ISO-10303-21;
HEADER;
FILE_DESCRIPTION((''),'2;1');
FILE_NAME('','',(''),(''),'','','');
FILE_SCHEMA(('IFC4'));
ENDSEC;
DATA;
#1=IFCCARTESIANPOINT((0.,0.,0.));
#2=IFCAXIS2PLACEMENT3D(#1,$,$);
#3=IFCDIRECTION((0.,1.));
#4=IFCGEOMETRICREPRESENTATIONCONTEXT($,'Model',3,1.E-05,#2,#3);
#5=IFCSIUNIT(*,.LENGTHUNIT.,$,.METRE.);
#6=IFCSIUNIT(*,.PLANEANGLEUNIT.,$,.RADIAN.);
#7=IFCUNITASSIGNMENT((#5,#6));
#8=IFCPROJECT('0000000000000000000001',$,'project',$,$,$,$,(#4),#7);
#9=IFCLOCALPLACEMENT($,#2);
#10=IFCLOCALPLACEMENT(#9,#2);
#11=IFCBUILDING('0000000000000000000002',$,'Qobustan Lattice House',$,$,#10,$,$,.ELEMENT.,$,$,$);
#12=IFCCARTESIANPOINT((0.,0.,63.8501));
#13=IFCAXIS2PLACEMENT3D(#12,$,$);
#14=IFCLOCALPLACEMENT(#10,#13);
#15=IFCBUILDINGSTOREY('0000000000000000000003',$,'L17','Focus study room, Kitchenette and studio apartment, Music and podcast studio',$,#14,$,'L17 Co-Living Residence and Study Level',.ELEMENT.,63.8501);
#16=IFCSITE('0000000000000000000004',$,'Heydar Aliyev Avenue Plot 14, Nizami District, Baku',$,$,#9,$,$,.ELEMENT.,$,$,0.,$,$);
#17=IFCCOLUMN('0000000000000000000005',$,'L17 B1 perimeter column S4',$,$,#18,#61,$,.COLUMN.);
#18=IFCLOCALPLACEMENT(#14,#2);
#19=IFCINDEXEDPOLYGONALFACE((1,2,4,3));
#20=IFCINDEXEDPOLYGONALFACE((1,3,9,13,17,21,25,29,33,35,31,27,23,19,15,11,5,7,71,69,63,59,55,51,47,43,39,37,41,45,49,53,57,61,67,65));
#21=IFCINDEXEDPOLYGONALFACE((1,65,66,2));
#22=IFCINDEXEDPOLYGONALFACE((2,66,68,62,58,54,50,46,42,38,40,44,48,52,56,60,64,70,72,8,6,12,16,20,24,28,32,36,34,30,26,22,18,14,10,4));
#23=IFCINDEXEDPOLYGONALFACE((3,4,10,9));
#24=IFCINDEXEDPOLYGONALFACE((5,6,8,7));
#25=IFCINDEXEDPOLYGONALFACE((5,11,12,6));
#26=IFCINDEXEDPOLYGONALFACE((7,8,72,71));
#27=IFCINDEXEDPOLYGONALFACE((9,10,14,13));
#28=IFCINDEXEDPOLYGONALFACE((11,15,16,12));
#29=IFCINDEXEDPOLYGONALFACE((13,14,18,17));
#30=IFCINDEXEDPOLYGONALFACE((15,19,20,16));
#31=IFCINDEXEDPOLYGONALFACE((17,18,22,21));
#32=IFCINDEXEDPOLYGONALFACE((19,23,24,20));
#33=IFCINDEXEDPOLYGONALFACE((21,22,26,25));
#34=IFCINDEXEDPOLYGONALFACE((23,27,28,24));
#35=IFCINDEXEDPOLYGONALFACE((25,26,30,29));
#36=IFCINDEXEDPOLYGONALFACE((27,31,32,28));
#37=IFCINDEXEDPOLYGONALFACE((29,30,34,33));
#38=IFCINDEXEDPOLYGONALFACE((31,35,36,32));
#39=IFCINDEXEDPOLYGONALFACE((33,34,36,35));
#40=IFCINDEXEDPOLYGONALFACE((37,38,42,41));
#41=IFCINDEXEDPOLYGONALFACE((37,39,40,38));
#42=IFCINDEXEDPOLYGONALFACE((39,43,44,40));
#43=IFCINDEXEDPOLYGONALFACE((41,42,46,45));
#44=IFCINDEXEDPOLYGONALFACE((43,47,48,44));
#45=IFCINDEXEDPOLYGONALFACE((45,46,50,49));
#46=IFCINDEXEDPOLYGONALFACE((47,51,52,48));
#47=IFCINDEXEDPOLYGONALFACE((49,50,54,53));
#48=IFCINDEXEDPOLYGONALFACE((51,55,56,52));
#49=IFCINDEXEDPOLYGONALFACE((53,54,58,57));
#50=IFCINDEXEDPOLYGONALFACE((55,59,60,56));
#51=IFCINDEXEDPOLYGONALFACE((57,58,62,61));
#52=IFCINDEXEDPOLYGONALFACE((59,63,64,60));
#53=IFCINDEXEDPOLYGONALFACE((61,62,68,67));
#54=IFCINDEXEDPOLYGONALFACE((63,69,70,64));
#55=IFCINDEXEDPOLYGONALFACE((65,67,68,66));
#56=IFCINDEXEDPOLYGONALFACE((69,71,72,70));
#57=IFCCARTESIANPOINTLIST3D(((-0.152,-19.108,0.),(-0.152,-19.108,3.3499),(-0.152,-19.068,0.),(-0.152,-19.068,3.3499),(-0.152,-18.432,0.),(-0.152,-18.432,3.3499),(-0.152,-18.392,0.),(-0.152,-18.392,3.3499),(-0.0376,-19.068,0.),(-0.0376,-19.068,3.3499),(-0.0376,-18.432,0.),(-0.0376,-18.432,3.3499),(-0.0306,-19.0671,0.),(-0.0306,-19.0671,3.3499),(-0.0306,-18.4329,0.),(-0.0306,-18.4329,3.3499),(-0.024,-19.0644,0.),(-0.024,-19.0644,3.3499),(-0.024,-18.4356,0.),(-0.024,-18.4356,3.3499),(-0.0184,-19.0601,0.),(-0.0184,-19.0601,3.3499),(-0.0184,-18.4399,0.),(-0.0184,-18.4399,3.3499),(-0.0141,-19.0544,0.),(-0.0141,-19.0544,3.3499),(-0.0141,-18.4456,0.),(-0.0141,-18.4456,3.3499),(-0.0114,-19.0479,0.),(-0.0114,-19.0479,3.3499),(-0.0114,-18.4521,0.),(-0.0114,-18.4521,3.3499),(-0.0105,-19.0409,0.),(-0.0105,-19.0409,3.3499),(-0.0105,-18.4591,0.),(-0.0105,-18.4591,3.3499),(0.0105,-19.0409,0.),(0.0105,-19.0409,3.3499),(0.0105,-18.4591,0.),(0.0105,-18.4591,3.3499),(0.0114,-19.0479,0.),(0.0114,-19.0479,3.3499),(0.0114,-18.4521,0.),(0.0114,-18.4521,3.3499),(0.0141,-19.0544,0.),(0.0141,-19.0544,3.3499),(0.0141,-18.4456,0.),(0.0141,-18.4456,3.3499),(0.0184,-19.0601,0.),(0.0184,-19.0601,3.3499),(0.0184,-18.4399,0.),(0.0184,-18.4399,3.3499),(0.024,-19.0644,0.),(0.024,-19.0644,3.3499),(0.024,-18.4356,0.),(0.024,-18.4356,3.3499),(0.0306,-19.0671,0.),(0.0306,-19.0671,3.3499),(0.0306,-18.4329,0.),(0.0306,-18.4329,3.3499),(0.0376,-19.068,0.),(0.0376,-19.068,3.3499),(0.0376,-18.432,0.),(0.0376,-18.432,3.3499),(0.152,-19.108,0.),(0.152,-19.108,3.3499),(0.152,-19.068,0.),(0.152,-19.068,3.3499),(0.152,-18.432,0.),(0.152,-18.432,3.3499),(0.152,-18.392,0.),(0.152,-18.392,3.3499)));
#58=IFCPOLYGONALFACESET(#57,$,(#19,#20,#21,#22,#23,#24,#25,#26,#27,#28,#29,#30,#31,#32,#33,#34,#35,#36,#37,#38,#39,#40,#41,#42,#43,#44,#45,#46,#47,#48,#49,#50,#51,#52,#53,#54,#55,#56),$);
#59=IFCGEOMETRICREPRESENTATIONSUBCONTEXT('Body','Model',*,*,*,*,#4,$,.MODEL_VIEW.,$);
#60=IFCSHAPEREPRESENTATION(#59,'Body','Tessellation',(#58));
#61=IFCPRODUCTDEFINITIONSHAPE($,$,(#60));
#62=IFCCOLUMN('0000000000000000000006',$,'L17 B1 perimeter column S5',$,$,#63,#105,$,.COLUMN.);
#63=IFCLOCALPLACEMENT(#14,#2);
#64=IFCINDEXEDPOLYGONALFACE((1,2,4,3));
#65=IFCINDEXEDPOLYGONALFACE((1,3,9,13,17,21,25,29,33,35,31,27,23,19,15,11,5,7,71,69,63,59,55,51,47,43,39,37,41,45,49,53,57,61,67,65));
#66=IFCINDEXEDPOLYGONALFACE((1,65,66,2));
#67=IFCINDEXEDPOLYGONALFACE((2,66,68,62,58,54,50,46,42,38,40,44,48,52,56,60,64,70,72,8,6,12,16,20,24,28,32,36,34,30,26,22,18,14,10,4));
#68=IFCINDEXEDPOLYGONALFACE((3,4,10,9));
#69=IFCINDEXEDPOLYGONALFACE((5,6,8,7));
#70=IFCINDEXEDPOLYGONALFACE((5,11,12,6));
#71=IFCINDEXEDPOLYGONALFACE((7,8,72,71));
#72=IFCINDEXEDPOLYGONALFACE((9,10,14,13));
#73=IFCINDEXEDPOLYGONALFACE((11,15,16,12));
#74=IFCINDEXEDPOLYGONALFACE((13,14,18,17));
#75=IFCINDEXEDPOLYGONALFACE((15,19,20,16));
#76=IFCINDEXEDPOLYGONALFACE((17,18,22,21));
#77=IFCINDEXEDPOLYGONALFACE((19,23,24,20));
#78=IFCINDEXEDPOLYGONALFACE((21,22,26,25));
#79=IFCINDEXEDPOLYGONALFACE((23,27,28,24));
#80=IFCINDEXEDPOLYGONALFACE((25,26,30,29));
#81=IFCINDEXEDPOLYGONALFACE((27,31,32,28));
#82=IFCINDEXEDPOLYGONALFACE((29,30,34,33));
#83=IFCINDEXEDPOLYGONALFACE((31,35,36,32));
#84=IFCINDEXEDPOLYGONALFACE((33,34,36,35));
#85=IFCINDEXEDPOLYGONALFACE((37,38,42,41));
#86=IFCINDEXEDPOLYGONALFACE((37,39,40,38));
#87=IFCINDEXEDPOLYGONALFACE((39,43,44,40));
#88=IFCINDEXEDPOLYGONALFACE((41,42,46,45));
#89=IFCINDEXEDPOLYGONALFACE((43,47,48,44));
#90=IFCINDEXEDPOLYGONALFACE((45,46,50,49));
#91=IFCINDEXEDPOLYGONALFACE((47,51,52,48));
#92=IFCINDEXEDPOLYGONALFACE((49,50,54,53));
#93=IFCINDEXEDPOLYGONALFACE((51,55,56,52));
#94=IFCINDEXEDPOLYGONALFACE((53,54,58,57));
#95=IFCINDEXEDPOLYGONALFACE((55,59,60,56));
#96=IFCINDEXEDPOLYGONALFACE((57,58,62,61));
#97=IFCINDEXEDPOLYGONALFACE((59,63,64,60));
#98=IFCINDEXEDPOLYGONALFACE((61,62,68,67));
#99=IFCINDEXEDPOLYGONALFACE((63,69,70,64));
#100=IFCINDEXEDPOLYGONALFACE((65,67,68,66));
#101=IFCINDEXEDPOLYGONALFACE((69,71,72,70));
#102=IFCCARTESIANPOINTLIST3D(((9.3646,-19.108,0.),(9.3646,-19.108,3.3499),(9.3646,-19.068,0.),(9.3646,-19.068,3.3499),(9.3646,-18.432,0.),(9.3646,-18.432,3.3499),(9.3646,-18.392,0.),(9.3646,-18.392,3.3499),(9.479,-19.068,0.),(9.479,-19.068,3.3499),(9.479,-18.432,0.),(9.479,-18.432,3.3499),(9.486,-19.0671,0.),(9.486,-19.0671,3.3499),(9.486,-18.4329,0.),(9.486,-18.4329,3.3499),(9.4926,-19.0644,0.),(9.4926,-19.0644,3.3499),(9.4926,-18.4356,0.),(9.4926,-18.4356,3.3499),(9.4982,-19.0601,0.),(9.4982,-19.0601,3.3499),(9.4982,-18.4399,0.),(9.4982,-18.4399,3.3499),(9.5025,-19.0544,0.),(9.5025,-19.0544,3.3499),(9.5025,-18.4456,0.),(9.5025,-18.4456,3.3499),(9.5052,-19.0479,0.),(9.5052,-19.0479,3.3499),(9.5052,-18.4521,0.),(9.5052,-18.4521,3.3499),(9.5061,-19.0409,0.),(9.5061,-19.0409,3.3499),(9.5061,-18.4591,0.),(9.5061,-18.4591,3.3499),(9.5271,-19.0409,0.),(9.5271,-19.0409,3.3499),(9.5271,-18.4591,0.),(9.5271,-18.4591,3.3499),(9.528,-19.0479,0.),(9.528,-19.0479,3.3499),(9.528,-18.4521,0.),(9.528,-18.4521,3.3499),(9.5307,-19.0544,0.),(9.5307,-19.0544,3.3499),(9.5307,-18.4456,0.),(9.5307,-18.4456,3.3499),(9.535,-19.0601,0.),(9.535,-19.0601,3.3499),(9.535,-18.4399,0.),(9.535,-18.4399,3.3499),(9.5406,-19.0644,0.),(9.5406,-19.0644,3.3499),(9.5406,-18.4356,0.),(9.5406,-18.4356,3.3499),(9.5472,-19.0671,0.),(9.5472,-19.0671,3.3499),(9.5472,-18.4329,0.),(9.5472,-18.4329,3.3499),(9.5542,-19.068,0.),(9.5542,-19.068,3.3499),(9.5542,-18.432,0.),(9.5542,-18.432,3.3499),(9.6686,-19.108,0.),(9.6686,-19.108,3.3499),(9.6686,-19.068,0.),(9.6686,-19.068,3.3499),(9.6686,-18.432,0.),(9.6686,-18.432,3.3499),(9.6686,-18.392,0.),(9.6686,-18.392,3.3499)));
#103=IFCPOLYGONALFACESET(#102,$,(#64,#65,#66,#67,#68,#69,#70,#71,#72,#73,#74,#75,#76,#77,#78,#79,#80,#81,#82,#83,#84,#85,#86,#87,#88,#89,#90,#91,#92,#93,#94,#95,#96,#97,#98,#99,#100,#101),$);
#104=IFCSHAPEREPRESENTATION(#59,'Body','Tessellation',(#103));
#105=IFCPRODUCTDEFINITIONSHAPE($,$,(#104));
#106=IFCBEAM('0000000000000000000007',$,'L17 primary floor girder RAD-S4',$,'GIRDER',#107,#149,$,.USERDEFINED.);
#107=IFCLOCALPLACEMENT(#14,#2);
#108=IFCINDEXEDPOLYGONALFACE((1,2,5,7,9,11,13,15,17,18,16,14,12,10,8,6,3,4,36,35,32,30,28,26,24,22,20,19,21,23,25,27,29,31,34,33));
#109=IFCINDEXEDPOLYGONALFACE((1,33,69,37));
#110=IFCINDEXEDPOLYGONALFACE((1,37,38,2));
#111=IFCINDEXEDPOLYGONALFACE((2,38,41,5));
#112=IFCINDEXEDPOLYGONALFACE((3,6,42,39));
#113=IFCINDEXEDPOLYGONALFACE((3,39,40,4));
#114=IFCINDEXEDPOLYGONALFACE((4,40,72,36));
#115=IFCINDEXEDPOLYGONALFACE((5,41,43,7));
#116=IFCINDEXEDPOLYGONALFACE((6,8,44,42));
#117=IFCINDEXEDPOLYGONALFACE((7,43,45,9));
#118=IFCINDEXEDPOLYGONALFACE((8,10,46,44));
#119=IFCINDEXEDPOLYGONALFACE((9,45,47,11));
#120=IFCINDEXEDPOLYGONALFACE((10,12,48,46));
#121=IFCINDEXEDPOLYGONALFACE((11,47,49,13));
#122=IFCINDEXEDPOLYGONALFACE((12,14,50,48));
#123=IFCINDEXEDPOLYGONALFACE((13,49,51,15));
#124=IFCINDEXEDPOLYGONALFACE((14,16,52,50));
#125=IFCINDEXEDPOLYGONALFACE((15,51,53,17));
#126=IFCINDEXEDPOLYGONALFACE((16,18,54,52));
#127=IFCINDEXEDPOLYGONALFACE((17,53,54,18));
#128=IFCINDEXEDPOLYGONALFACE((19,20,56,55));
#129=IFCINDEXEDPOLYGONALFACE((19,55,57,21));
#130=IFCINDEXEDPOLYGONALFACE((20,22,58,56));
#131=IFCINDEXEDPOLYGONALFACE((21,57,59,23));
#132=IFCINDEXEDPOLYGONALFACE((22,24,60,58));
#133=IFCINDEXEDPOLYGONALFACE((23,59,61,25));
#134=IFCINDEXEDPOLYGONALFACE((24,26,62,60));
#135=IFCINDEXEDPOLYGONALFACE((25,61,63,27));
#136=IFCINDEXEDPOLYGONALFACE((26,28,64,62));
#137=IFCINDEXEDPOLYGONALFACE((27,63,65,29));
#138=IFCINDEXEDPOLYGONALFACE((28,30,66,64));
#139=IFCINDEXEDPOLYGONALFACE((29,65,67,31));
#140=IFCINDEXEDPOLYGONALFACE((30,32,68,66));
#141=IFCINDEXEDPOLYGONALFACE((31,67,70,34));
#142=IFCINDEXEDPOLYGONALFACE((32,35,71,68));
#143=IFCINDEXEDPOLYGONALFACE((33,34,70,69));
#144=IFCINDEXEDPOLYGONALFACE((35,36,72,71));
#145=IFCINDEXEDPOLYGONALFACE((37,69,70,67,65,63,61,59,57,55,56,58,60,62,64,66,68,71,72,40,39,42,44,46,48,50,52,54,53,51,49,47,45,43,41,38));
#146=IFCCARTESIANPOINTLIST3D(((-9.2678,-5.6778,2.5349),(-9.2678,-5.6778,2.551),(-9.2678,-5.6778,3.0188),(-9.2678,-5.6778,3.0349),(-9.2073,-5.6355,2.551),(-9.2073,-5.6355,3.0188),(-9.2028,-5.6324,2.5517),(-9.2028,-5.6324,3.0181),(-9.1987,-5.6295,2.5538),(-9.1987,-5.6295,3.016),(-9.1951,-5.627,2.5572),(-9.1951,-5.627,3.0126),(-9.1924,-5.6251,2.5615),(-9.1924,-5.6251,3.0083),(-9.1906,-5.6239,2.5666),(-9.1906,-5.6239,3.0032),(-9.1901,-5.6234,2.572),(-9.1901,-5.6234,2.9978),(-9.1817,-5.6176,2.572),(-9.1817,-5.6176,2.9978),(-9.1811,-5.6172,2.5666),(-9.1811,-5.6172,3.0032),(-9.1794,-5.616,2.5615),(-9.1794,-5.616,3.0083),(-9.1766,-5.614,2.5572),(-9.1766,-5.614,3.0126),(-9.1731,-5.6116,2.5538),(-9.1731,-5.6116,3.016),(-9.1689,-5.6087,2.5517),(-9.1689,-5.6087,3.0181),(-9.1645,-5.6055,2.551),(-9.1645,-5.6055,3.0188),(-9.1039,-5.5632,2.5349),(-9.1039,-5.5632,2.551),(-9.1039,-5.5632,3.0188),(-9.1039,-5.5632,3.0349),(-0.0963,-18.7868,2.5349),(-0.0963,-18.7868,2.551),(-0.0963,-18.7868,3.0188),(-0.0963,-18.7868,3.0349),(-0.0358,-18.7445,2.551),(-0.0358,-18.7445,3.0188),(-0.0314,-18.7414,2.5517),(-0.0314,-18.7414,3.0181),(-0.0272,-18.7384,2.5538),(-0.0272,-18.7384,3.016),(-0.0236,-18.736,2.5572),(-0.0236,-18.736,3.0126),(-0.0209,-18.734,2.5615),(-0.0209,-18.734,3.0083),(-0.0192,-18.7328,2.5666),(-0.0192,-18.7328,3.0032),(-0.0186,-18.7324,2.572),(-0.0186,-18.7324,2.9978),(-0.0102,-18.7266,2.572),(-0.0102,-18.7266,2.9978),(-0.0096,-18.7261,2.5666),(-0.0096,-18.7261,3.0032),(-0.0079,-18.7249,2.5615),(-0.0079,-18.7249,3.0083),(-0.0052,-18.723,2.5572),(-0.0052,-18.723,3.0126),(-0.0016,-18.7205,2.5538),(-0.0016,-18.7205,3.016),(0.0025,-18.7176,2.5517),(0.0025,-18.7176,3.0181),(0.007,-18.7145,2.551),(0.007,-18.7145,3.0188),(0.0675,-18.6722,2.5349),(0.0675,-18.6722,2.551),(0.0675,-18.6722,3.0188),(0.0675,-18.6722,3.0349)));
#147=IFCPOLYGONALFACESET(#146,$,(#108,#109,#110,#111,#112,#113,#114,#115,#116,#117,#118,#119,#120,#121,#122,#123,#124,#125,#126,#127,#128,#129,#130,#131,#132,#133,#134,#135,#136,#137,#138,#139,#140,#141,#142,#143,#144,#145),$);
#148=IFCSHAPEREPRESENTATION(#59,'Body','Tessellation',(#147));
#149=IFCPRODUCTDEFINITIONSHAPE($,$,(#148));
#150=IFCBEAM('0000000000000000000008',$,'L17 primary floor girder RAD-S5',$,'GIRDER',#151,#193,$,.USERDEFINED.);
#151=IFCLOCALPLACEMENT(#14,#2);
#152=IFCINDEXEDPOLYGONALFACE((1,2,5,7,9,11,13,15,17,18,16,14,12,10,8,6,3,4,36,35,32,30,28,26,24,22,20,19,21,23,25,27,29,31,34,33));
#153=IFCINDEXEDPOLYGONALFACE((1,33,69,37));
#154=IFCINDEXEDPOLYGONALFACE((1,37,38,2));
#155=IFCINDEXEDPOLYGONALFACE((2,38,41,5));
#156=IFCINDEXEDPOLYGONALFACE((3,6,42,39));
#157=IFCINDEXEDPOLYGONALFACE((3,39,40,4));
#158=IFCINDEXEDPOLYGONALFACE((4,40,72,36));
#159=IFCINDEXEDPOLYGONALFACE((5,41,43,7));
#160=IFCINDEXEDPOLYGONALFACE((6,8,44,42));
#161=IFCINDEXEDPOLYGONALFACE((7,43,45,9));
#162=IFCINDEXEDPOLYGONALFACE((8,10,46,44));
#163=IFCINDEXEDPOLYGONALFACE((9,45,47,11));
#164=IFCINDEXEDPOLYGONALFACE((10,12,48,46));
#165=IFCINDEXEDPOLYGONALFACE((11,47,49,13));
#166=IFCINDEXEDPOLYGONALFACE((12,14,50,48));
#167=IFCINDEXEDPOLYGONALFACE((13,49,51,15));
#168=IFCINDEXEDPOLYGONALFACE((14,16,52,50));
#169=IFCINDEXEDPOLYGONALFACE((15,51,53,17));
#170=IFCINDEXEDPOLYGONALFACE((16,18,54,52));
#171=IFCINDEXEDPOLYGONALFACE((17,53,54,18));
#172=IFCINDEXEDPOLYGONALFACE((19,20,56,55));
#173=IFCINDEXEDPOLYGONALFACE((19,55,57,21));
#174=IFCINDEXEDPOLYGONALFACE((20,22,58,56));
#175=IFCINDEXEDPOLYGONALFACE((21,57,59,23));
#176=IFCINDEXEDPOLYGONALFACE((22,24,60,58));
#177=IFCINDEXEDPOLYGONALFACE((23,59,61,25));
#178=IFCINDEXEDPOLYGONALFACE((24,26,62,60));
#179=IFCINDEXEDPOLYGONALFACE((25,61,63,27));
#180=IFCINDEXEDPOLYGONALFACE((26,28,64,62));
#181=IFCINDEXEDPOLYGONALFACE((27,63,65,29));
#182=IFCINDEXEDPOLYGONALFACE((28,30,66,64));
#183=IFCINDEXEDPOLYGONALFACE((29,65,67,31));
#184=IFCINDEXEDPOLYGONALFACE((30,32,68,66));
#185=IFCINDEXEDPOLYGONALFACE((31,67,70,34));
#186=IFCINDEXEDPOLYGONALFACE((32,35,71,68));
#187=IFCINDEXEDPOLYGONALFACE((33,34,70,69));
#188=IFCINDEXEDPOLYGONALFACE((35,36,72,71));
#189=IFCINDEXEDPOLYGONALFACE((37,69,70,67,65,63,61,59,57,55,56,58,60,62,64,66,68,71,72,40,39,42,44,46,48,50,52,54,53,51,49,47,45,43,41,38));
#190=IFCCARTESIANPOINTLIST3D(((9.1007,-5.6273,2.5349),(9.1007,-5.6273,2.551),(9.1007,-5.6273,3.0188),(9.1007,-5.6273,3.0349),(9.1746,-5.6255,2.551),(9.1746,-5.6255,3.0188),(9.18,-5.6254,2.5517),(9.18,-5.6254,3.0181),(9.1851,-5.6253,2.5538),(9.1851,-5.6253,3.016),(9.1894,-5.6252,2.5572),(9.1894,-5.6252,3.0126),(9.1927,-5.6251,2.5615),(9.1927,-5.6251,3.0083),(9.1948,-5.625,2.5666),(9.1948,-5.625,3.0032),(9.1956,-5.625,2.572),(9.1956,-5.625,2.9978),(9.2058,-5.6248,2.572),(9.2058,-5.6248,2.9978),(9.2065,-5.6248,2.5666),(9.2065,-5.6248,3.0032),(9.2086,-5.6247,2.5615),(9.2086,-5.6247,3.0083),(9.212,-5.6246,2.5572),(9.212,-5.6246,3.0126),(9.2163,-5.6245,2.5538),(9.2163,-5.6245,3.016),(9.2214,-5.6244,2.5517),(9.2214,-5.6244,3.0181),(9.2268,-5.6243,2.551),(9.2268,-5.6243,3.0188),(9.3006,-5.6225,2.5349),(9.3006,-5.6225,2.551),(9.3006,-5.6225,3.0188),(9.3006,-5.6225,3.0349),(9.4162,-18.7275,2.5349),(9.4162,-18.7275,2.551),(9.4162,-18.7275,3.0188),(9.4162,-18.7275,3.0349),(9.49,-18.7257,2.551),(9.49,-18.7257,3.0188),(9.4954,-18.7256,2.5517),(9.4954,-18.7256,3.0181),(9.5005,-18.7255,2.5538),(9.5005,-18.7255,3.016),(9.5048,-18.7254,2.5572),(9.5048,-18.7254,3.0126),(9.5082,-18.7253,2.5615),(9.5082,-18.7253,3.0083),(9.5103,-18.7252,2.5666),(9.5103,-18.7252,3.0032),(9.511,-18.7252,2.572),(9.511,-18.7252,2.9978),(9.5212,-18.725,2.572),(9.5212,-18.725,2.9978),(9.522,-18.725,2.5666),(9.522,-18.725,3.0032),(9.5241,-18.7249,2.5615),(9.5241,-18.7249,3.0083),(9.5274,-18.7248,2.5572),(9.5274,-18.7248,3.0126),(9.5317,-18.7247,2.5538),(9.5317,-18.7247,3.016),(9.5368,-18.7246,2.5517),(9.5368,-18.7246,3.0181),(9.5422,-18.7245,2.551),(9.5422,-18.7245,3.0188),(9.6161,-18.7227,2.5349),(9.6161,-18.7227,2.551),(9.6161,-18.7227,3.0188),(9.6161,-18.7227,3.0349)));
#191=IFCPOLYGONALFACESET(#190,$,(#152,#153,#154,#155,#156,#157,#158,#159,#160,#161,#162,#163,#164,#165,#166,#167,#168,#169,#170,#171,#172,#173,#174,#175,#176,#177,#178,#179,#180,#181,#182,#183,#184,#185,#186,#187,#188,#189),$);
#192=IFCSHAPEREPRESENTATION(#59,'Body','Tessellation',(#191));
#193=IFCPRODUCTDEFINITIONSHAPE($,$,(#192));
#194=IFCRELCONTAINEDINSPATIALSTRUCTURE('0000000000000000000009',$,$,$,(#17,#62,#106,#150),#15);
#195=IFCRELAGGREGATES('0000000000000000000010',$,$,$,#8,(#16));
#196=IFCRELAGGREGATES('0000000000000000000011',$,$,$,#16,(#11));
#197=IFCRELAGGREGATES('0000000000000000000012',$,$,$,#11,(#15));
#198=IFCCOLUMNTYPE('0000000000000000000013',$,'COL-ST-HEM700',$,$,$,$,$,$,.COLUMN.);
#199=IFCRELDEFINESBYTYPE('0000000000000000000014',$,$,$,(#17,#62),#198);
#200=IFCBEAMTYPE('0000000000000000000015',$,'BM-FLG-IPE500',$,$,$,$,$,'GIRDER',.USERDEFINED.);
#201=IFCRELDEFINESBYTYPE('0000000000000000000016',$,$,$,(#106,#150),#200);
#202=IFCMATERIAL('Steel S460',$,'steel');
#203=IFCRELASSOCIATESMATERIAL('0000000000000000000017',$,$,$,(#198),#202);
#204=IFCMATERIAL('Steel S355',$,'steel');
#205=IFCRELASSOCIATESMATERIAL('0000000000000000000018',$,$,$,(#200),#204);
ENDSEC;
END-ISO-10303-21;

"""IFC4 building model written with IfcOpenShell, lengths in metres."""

from ifc_helpers import new_model, si_unit, direction, frame, origin, origin_2d, place, context, subcontext, project, spatial, i_section, extrude, material, material_profile, profile_set, type_object, element, save


model = new_model("IFC4")

# Units and contexts
model_context = context("Model", 3, precision=1e-05, world=origin(), true_north=direction((0.0, 1.0)))
body_context = subcontext(model_context, "Body", "Model", "MODEL_VIEW")
ifc_project = project(units=[si_unit("LENGTHUNIT", "METRE"), si_unit("PLANEANGLEUNIT", "RADIAN")], contexts=[model_context])

# Site, building, storey
site_placement = place(None, origin())
site = spatial("IfcSite", under=ifc_project, at=site_placement, Name="Heydar Aliyev Avenue Plot 14, Nizami District, Baku", CompositionType="ELEMENT", RefElevation=0.0)
building_placement = place(site_placement, origin())
building = spatial("IfcBuilding", under=site, at=building_placement, Name="Qobustan Lattice House", CompositionType="ELEMENT")
storey_placement = place(building_placement, frame((0.0, 0.0, 63.8501)))
storey = spatial("IfcBuildingStorey", under=building, at=storey_placement, Name="L17", Description="Focus study room, Kitchenette and studio apartment, Music and podcast studio", LongName="L17 Co-Living Residence and Study Level", CompositionType="ELEMENT", Elevation=63.8501)

# Columns
ifc_material_1 = material(Name="Steel S460", Category="steel")
ifc_material_profile_1 = material_profile(ifc_material_1, i_section(OverallWidth=0.304, OverallDepth=0.7161, WebThickness=0.021, FlangeThickness=0.04, FilletRadius=0.0271, at=origin_2d()), Name="HEM700")
ifc_profile_set_1 = profile_set([ifc_material_profile_1], Name="Steel S460")
column_type = type_object("IfcColumnType", Name="COL-ST-HEM700", PredefinedType="COLUMN", material=ifc_profile_set_1)
for number, where, z_axis, x_axis, name in (
    (1, (0.0, -18.75, 0.0), (0.0, 0.0, 1.0), (1.0, 0.0, 0.0), "L17 B1 perimeter column S4"),
    (2, (9.5166, -18.75, 0.0), (0.0, 0.0, 1.0), (1.0, 0.0, 0.0), "L17 B1 perimeter column S5"),
):
    element("IfcColumn", number, at=place(storey_placement, frame(where, z_axis=z_axis, x_axis=x_axis)), inside=storey, type_object=column_type, Name=name, PredefinedType="COLUMN", context=body_context, shape_type="SweptSolid", body=[
        extrude(i_section(OverallWidth=0.304, OverallDepth=0.7161, WebThickness=0.021, FlangeThickness=0.04, FilletRadius=0.0271, at=origin_2d()), origin(), (0.0, 0.0, 1.0), 3.3499),
    ])

# Beams
ifc_material_2 = material(Name="Steel S355", Category="steel")
ifc_material_profile_2 = material_profile(ifc_material_2, i_section(OverallWidth=0.2, OverallDepth=0.5, WebThickness=0.0103, FlangeThickness=0.0161, FilletRadius=0.021, at=origin_2d()), Name="IPE500")
ifc_profile_set_2 = profile_set([ifc_material_profile_2], Name="Steel S355")
beam_type_1 = type_object("IfcBeamType", Name="BM-FLG-IPE500", ElementType="GIRDER", PredefinedType="USERDEFINED", material=ifc_profile_set_2)
beam_1_placement = place(storey_placement, frame((-0.0144, -18.7295, 2.7849), z_axis=(-0.57326, 0.819374, 0.0), x_axis=(-0.819374, -0.57326, 0.0)))
element("IfcBeam", 3, at=beam_1_placement, inside=storey, type_object=beam_type_1, Name="L17 primary floor girder RAD-S4", ObjectType="GIRDER", PredefinedType="USERDEFINED", context=body_context, shape_type="SweptSolid", body=[
    extrude(i_section(OverallWidth=0.2, OverallDepth=0.5, WebThickness=0.0103, FlangeThickness=0.0161, FilletRadius=0.021, at=origin_2d()), origin(), (0.0, 0.0, 1.0), 15.9988),
])
beam_2_placement = place(storey_placement, frame((9.5161, -18.7251, 2.7849), z_axis=(-0.024071, 0.99971, 0.0), x_axis=(-0.99971, -0.024071, 0.0)))
element("IfcBeam", 4, at=beam_2_placement, inside=storey, type_object=beam_type_1, Name="L17 primary floor girder RAD-S5", ObjectType="GIRDER", PredefinedType="USERDEFINED", context=body_context, shape_type="SweptSolid", body=[
    extrude(i_section(OverallWidth=0.2, OverallDepth=0.5, WebThickness=0.0103, FlangeThickness=0.0161, FilletRadius=0.021, at=origin_2d()), origin(), (0.0, 0.0, 1.0), 13.104),
])

save(model, "model.ifc")
